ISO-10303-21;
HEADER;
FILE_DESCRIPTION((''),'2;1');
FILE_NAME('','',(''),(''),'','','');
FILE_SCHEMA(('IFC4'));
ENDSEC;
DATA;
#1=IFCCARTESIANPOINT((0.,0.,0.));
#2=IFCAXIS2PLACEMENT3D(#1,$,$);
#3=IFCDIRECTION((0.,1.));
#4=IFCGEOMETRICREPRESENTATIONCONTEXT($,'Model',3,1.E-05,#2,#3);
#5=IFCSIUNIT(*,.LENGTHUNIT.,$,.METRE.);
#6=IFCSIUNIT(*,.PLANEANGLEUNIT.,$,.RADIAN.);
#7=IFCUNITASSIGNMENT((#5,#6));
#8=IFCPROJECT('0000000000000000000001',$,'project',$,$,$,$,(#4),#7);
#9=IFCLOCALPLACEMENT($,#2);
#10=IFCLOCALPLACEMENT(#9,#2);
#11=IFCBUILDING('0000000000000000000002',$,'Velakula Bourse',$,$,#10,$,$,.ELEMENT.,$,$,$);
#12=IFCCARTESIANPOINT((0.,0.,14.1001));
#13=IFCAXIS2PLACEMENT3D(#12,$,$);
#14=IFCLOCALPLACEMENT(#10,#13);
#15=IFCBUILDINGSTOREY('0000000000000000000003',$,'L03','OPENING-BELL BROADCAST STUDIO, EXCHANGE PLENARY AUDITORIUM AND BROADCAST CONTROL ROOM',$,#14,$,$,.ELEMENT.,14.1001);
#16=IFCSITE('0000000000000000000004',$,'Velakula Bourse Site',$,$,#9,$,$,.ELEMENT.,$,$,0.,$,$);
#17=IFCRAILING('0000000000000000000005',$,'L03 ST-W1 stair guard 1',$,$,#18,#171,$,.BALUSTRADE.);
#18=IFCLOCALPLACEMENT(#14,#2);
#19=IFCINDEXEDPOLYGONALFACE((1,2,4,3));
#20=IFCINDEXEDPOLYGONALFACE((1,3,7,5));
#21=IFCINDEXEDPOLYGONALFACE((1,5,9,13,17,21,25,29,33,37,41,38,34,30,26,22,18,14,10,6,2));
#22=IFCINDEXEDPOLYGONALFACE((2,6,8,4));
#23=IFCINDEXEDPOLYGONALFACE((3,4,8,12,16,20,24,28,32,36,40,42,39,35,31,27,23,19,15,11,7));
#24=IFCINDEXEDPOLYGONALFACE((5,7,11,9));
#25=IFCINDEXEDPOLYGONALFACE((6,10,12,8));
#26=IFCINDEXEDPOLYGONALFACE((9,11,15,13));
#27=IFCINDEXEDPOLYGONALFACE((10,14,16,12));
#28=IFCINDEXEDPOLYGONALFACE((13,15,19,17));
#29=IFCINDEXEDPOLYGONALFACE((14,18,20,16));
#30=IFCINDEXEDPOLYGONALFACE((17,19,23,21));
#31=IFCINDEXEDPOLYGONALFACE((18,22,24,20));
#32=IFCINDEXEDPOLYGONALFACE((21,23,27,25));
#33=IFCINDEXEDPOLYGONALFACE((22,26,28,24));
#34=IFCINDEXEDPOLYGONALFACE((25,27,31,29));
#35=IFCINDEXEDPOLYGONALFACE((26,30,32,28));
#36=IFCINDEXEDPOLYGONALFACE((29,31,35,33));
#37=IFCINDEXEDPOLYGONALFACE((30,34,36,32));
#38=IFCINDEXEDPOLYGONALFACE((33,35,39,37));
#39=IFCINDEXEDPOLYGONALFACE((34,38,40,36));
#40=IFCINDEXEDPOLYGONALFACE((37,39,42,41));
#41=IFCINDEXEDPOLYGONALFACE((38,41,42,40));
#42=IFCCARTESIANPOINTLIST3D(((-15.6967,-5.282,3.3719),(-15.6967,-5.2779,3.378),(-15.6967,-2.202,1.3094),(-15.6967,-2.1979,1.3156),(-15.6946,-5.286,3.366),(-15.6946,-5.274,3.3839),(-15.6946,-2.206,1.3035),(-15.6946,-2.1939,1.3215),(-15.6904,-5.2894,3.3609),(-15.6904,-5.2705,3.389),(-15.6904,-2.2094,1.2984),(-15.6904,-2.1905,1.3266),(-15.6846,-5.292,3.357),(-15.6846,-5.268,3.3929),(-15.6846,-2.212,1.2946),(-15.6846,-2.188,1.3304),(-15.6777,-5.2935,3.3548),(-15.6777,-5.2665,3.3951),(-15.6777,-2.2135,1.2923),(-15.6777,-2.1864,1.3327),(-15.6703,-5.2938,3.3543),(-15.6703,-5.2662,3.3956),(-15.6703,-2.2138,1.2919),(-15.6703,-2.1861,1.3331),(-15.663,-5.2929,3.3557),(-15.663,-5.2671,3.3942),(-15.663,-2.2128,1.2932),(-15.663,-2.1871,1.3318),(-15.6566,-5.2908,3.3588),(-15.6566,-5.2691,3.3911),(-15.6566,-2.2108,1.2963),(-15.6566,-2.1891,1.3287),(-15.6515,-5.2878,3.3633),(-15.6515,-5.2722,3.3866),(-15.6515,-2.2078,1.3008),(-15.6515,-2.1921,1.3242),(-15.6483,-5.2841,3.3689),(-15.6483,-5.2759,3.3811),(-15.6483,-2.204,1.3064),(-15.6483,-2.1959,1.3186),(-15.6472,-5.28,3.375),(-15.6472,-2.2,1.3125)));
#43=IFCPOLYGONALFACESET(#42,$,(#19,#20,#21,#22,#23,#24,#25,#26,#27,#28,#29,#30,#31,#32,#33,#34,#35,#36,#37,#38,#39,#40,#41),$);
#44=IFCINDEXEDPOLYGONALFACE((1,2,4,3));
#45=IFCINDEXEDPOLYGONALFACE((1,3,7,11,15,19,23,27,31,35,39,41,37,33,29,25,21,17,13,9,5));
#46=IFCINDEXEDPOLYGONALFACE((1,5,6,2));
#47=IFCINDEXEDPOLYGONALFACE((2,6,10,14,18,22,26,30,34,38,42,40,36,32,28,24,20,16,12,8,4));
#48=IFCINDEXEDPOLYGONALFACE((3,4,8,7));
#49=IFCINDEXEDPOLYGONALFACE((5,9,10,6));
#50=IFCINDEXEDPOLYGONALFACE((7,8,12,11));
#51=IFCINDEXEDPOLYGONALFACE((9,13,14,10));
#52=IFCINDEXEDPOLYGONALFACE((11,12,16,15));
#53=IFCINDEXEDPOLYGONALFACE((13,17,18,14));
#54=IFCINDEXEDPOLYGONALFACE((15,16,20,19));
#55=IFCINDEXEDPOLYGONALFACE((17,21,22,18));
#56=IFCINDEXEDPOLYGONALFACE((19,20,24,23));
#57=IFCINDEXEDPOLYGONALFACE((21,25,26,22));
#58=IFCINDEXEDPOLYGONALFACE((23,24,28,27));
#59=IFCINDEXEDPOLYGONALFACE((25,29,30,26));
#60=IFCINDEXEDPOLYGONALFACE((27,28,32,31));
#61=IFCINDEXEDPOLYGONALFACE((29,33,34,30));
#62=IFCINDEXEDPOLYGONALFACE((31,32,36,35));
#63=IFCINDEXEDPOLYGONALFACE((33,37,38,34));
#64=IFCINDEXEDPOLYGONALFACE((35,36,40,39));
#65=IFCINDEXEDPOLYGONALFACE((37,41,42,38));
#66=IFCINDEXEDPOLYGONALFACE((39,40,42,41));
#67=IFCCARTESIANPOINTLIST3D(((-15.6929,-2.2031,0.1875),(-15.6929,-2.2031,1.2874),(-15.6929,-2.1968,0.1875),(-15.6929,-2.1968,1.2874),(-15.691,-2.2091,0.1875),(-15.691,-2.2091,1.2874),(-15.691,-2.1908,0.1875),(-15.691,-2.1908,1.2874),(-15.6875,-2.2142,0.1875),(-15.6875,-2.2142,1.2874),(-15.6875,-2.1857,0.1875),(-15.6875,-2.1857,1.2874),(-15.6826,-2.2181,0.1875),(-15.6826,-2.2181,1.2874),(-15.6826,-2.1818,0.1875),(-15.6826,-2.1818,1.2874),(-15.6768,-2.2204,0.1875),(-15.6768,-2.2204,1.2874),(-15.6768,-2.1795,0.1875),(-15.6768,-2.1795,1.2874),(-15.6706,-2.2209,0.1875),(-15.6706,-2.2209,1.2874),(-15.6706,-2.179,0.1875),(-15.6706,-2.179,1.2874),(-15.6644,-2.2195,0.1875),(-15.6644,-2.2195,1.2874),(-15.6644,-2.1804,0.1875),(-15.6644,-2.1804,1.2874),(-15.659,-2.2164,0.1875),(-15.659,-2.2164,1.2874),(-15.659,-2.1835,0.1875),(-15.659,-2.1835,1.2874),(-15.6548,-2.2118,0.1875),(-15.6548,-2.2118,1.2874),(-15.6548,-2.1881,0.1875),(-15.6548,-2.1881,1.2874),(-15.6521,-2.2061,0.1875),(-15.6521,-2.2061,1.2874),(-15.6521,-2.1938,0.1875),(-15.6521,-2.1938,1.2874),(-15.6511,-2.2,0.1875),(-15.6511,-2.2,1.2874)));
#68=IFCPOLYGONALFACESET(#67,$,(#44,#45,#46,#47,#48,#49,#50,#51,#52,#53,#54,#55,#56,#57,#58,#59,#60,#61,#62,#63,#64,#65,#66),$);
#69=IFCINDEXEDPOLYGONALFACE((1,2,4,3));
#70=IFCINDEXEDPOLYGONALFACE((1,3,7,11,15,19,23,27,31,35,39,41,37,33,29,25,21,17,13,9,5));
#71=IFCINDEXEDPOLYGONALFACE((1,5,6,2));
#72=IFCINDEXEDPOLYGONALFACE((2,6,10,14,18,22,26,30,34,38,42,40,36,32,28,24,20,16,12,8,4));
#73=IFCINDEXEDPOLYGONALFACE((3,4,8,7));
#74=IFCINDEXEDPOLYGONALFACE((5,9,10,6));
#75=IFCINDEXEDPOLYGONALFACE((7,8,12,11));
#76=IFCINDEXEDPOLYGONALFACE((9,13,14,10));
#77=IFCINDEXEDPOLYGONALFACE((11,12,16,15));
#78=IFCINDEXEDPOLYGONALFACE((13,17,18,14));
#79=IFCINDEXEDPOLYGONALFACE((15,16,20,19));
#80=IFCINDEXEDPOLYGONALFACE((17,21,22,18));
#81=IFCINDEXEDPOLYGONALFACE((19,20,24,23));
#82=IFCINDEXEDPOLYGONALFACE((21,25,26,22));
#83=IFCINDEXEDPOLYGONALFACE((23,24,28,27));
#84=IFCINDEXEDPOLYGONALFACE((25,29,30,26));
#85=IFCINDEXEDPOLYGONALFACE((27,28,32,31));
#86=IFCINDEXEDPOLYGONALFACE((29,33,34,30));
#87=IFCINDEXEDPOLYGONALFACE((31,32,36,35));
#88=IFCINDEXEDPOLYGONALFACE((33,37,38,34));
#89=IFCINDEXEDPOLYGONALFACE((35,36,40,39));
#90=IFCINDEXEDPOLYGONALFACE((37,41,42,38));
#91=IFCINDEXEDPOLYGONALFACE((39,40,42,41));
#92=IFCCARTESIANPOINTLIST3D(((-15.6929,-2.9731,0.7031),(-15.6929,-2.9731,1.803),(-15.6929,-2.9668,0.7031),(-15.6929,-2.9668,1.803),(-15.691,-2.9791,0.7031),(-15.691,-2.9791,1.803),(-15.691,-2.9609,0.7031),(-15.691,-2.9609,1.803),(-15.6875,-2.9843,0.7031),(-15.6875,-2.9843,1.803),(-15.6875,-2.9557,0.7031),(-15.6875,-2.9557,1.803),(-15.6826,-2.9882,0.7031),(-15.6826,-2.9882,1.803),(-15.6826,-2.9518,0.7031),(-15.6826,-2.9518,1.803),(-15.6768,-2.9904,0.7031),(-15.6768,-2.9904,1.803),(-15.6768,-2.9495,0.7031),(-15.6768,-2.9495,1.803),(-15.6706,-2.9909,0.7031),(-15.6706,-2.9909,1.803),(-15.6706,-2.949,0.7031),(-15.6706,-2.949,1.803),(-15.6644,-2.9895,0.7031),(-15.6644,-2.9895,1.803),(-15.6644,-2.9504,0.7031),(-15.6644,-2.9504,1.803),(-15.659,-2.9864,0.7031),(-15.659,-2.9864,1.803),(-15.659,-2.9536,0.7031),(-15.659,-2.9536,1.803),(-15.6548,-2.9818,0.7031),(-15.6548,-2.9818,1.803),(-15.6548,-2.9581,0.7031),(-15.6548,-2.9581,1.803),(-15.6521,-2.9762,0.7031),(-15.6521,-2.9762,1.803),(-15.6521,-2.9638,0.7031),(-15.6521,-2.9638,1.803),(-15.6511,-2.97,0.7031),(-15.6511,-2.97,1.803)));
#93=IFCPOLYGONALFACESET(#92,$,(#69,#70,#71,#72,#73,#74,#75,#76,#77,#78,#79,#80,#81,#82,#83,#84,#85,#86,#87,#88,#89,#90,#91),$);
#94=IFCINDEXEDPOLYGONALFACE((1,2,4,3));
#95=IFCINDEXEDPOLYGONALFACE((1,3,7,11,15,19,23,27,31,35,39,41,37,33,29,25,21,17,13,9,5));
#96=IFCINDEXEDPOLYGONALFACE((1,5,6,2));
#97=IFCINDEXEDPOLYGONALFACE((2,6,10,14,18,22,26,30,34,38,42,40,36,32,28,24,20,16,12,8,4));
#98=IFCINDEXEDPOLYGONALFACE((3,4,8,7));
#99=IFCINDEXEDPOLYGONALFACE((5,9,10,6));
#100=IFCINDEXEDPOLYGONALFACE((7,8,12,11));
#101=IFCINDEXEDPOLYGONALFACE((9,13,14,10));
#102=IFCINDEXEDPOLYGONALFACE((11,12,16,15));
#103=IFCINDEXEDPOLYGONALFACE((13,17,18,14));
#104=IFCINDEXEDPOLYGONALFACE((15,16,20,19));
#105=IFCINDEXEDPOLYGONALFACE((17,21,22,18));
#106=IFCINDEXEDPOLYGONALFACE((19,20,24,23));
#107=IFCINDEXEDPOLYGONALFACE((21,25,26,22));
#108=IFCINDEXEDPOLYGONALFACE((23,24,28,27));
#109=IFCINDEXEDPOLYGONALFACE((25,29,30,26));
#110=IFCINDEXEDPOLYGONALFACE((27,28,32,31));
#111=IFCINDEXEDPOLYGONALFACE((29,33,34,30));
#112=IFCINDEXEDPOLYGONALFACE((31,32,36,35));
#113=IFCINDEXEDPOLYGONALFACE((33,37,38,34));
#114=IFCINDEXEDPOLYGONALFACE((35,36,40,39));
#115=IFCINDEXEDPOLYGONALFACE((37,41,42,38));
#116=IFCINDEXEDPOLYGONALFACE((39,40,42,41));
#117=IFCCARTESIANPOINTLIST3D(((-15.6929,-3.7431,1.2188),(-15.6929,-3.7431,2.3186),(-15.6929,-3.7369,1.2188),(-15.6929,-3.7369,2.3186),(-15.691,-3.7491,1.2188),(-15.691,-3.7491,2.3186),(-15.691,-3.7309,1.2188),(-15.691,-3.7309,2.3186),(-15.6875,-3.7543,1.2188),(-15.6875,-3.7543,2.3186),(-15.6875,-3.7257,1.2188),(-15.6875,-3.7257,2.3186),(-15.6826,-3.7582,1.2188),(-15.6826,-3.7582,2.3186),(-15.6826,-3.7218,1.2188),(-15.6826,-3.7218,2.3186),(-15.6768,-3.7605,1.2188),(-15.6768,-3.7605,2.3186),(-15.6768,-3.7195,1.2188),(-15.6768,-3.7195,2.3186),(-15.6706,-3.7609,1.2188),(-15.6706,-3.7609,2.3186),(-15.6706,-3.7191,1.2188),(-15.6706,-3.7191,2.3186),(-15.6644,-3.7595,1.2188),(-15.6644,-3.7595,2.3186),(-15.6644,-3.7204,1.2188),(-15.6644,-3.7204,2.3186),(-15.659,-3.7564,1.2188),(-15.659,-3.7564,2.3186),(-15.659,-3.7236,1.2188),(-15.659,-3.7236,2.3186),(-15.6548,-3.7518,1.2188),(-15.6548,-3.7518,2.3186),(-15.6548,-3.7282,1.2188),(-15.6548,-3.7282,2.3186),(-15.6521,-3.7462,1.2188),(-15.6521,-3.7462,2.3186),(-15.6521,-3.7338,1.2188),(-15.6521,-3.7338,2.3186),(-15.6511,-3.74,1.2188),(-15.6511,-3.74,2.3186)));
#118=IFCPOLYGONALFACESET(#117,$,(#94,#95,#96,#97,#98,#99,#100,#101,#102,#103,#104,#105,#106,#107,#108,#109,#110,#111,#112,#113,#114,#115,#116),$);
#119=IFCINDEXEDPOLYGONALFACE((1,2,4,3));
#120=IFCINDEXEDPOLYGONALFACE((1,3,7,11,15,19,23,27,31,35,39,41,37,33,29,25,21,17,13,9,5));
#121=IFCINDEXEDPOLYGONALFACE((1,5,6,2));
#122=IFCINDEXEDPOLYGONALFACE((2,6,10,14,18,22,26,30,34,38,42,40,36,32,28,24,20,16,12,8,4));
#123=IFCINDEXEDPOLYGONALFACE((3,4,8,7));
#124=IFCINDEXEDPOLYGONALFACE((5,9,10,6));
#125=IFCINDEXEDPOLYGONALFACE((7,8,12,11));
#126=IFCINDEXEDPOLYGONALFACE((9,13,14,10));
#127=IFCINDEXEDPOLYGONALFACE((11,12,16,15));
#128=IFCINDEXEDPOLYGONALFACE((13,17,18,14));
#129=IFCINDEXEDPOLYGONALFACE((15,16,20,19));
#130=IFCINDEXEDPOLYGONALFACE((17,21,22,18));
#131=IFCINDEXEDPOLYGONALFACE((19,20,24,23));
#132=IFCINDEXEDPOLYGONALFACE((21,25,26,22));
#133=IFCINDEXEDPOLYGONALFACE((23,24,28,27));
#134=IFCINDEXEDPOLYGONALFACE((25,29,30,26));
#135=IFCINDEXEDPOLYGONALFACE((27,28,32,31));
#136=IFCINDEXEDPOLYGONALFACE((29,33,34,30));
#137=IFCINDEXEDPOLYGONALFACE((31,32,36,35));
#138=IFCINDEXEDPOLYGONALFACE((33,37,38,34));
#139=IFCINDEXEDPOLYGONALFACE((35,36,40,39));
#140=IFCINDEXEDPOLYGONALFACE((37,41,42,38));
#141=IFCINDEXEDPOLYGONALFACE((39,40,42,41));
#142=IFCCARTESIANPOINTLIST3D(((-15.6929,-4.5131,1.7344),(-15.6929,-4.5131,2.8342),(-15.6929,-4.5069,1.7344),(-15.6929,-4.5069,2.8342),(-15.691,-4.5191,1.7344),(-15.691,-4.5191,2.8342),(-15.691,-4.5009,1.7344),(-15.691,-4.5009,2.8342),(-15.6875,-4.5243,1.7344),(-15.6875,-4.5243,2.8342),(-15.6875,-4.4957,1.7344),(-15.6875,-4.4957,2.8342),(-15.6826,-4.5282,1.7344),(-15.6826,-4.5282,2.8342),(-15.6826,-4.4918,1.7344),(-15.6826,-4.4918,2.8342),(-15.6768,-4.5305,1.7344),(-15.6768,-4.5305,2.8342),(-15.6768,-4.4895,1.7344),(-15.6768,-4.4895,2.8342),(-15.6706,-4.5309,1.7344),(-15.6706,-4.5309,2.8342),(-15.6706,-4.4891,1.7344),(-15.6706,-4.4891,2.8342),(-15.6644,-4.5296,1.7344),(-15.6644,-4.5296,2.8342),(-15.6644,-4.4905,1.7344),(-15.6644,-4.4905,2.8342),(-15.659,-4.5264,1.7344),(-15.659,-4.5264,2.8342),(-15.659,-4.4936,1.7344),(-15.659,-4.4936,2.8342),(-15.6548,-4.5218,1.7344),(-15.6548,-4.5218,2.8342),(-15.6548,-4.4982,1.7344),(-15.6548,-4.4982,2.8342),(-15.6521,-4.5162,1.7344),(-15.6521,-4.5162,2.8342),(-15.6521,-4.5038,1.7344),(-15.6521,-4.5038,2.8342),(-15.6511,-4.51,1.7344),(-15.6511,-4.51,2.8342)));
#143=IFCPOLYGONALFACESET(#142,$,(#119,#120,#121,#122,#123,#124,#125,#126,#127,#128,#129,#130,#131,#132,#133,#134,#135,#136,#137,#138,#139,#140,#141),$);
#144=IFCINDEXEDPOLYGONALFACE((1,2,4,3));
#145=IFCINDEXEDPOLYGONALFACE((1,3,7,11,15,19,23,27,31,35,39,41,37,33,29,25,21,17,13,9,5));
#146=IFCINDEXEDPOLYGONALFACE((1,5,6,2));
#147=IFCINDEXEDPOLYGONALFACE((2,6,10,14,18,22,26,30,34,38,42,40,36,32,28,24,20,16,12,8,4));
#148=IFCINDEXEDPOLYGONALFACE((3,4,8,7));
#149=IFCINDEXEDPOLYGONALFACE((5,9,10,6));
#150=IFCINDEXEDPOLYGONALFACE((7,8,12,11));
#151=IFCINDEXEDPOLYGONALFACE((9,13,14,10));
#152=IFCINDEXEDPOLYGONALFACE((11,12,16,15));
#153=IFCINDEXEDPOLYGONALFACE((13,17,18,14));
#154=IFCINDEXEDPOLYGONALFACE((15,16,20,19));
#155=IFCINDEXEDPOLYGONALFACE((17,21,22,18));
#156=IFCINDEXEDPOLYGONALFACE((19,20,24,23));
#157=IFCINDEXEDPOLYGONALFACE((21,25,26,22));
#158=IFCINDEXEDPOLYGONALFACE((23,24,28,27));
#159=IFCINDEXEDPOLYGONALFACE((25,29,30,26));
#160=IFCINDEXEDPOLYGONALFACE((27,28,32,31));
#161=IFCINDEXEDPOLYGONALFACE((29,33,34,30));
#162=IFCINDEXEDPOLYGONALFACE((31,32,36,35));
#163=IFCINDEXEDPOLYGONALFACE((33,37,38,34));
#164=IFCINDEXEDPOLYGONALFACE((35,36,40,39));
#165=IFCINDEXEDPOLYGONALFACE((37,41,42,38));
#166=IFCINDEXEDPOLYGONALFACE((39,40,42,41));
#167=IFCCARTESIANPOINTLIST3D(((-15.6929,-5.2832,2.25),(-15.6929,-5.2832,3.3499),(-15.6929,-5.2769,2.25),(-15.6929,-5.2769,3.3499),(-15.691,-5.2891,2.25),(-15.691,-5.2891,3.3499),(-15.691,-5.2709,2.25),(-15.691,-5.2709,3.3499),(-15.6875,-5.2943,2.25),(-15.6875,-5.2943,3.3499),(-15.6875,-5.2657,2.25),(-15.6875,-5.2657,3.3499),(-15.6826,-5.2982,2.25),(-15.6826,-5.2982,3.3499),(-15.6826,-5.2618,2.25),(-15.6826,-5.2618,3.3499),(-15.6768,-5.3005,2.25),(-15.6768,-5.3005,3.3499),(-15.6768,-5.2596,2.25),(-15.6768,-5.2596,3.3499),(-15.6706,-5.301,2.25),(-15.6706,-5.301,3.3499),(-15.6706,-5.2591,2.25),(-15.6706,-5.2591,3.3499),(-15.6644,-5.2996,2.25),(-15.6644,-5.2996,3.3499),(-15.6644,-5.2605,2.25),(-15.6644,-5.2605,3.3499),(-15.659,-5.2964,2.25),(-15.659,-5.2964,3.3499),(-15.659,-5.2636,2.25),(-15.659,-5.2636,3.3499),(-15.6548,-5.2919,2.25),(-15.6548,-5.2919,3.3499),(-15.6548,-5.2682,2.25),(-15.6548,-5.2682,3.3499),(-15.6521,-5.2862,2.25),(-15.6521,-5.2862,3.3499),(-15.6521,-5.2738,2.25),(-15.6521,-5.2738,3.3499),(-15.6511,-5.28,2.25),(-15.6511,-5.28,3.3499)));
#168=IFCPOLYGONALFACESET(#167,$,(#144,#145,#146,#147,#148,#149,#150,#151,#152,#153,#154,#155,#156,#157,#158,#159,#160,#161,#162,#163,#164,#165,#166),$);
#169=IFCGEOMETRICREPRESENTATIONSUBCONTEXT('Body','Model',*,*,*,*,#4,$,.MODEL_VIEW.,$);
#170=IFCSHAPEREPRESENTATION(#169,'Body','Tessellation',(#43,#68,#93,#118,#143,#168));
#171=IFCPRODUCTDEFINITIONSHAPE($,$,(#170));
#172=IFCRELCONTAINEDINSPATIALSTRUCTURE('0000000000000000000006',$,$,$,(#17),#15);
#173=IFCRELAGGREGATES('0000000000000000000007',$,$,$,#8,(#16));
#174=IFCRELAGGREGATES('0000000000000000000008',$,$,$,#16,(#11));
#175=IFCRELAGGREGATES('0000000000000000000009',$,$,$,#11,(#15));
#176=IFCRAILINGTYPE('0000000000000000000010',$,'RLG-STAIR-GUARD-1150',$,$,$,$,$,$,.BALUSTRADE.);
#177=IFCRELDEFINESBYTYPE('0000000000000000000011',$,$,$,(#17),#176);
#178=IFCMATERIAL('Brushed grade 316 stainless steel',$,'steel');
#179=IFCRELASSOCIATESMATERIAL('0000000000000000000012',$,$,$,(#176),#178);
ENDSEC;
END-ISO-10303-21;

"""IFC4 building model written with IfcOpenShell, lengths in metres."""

from ifc_helpers import new_model, si_unit, direction, frame, origin, origin_2d, place, context, subcontext, project, spatial, circle, extrude, material, type_object, element, save


model = new_model("IFC4")

# Units and contexts
model_context = context("Model", 3, precision=1e-05, world=origin(), true_north=direction((0.0, 1.0)))
body_context = subcontext(model_context, "Body", "Model", "MODEL_VIEW")
ifc_project = project(units=[si_unit("LENGTHUNIT", "METRE"), si_unit("PLANEANGLEUNIT", "RADIAN")], contexts=[model_context])

# Site, building, storey
site_placement = place(None, origin())
site = spatial("IfcSite", under=ifc_project, at=site_placement, Name="Velakula Bourse Site", CompositionType="ELEMENT", RefElevation=0.0)
building_placement = place(site_placement, origin())
building = spatial("IfcBuilding", under=site, at=building_placement, Name="Velakula Bourse", CompositionType="ELEMENT")
storey_placement = place(building_placement, frame((0.0, 0.0, 14.1001)))
storey = spatial("IfcBuildingStorey", under=building, at=storey_placement, Name="L03", Description="OPENING-BELL BROADCAST STUDIO, EXCHANGE PLENARY AUDITORIUM AND BROADCAST CONTROL ROOM", CompositionType="ELEMENT", Elevation=14.1001)

# Shared definitions
ifc_material_1 = material(Name="Brushed grade 316 stainless steel", Category="steel")

# Railing
railing_type_1 = type_object("IfcRailingType", Name="RLG-STAIR-GUARD-1150", PredefinedType="BALUSTRADE", material=ifc_material_1)
railing_1_placement = place(storey_placement, frame((-15.6721, -2.2, 0.1875)))
element("IfcRailing", 1, at=railing_1_placement, inside=storey, type_object=railing_type_1, Name="L03 ST-W1 stair guard 1", PredefinedType="BALUSTRADE", context=body_context, shape_type="SweptSolid", body=[
    extrude(circle(Radius=0.0249, at=origin_2d()), frame((0.0, 0.0, 1.125), z_axis=(0.0, -0.830914, 0.556401), x_axis=(1.0, 0.0, 0.0)), (0.0, 0.0, 1.0), 3.7068),
    extrude(circle(Radius=0.021, at=origin_2d()), origin(), (0.0, 0.0, 1.0), 1.0999),
    extrude(circle(Radius=0.021, at=origin_2d()), frame((0.0, -0.77, 0.5156)), (0.0, 0.0, 1.0), 1.0999),
    extrude(circle(Radius=0.021, at=origin_2d()), frame((0.0, -1.54, 1.0312)), (0.0, 0.0, 1.0), 1.0999),
    extrude(circle(Radius=0.021, at=origin_2d()), frame((0.0, -2.3101, 1.5469)), (0.0, 0.0, 1.0), 1.0999),
    extrude(circle(Radius=0.021, at=origin_2d()), frame((0.0, -3.0801, 2.0625)), (0.0, 0.0, 1.0), 1.0999),
])

save(model, "model.ifc")
